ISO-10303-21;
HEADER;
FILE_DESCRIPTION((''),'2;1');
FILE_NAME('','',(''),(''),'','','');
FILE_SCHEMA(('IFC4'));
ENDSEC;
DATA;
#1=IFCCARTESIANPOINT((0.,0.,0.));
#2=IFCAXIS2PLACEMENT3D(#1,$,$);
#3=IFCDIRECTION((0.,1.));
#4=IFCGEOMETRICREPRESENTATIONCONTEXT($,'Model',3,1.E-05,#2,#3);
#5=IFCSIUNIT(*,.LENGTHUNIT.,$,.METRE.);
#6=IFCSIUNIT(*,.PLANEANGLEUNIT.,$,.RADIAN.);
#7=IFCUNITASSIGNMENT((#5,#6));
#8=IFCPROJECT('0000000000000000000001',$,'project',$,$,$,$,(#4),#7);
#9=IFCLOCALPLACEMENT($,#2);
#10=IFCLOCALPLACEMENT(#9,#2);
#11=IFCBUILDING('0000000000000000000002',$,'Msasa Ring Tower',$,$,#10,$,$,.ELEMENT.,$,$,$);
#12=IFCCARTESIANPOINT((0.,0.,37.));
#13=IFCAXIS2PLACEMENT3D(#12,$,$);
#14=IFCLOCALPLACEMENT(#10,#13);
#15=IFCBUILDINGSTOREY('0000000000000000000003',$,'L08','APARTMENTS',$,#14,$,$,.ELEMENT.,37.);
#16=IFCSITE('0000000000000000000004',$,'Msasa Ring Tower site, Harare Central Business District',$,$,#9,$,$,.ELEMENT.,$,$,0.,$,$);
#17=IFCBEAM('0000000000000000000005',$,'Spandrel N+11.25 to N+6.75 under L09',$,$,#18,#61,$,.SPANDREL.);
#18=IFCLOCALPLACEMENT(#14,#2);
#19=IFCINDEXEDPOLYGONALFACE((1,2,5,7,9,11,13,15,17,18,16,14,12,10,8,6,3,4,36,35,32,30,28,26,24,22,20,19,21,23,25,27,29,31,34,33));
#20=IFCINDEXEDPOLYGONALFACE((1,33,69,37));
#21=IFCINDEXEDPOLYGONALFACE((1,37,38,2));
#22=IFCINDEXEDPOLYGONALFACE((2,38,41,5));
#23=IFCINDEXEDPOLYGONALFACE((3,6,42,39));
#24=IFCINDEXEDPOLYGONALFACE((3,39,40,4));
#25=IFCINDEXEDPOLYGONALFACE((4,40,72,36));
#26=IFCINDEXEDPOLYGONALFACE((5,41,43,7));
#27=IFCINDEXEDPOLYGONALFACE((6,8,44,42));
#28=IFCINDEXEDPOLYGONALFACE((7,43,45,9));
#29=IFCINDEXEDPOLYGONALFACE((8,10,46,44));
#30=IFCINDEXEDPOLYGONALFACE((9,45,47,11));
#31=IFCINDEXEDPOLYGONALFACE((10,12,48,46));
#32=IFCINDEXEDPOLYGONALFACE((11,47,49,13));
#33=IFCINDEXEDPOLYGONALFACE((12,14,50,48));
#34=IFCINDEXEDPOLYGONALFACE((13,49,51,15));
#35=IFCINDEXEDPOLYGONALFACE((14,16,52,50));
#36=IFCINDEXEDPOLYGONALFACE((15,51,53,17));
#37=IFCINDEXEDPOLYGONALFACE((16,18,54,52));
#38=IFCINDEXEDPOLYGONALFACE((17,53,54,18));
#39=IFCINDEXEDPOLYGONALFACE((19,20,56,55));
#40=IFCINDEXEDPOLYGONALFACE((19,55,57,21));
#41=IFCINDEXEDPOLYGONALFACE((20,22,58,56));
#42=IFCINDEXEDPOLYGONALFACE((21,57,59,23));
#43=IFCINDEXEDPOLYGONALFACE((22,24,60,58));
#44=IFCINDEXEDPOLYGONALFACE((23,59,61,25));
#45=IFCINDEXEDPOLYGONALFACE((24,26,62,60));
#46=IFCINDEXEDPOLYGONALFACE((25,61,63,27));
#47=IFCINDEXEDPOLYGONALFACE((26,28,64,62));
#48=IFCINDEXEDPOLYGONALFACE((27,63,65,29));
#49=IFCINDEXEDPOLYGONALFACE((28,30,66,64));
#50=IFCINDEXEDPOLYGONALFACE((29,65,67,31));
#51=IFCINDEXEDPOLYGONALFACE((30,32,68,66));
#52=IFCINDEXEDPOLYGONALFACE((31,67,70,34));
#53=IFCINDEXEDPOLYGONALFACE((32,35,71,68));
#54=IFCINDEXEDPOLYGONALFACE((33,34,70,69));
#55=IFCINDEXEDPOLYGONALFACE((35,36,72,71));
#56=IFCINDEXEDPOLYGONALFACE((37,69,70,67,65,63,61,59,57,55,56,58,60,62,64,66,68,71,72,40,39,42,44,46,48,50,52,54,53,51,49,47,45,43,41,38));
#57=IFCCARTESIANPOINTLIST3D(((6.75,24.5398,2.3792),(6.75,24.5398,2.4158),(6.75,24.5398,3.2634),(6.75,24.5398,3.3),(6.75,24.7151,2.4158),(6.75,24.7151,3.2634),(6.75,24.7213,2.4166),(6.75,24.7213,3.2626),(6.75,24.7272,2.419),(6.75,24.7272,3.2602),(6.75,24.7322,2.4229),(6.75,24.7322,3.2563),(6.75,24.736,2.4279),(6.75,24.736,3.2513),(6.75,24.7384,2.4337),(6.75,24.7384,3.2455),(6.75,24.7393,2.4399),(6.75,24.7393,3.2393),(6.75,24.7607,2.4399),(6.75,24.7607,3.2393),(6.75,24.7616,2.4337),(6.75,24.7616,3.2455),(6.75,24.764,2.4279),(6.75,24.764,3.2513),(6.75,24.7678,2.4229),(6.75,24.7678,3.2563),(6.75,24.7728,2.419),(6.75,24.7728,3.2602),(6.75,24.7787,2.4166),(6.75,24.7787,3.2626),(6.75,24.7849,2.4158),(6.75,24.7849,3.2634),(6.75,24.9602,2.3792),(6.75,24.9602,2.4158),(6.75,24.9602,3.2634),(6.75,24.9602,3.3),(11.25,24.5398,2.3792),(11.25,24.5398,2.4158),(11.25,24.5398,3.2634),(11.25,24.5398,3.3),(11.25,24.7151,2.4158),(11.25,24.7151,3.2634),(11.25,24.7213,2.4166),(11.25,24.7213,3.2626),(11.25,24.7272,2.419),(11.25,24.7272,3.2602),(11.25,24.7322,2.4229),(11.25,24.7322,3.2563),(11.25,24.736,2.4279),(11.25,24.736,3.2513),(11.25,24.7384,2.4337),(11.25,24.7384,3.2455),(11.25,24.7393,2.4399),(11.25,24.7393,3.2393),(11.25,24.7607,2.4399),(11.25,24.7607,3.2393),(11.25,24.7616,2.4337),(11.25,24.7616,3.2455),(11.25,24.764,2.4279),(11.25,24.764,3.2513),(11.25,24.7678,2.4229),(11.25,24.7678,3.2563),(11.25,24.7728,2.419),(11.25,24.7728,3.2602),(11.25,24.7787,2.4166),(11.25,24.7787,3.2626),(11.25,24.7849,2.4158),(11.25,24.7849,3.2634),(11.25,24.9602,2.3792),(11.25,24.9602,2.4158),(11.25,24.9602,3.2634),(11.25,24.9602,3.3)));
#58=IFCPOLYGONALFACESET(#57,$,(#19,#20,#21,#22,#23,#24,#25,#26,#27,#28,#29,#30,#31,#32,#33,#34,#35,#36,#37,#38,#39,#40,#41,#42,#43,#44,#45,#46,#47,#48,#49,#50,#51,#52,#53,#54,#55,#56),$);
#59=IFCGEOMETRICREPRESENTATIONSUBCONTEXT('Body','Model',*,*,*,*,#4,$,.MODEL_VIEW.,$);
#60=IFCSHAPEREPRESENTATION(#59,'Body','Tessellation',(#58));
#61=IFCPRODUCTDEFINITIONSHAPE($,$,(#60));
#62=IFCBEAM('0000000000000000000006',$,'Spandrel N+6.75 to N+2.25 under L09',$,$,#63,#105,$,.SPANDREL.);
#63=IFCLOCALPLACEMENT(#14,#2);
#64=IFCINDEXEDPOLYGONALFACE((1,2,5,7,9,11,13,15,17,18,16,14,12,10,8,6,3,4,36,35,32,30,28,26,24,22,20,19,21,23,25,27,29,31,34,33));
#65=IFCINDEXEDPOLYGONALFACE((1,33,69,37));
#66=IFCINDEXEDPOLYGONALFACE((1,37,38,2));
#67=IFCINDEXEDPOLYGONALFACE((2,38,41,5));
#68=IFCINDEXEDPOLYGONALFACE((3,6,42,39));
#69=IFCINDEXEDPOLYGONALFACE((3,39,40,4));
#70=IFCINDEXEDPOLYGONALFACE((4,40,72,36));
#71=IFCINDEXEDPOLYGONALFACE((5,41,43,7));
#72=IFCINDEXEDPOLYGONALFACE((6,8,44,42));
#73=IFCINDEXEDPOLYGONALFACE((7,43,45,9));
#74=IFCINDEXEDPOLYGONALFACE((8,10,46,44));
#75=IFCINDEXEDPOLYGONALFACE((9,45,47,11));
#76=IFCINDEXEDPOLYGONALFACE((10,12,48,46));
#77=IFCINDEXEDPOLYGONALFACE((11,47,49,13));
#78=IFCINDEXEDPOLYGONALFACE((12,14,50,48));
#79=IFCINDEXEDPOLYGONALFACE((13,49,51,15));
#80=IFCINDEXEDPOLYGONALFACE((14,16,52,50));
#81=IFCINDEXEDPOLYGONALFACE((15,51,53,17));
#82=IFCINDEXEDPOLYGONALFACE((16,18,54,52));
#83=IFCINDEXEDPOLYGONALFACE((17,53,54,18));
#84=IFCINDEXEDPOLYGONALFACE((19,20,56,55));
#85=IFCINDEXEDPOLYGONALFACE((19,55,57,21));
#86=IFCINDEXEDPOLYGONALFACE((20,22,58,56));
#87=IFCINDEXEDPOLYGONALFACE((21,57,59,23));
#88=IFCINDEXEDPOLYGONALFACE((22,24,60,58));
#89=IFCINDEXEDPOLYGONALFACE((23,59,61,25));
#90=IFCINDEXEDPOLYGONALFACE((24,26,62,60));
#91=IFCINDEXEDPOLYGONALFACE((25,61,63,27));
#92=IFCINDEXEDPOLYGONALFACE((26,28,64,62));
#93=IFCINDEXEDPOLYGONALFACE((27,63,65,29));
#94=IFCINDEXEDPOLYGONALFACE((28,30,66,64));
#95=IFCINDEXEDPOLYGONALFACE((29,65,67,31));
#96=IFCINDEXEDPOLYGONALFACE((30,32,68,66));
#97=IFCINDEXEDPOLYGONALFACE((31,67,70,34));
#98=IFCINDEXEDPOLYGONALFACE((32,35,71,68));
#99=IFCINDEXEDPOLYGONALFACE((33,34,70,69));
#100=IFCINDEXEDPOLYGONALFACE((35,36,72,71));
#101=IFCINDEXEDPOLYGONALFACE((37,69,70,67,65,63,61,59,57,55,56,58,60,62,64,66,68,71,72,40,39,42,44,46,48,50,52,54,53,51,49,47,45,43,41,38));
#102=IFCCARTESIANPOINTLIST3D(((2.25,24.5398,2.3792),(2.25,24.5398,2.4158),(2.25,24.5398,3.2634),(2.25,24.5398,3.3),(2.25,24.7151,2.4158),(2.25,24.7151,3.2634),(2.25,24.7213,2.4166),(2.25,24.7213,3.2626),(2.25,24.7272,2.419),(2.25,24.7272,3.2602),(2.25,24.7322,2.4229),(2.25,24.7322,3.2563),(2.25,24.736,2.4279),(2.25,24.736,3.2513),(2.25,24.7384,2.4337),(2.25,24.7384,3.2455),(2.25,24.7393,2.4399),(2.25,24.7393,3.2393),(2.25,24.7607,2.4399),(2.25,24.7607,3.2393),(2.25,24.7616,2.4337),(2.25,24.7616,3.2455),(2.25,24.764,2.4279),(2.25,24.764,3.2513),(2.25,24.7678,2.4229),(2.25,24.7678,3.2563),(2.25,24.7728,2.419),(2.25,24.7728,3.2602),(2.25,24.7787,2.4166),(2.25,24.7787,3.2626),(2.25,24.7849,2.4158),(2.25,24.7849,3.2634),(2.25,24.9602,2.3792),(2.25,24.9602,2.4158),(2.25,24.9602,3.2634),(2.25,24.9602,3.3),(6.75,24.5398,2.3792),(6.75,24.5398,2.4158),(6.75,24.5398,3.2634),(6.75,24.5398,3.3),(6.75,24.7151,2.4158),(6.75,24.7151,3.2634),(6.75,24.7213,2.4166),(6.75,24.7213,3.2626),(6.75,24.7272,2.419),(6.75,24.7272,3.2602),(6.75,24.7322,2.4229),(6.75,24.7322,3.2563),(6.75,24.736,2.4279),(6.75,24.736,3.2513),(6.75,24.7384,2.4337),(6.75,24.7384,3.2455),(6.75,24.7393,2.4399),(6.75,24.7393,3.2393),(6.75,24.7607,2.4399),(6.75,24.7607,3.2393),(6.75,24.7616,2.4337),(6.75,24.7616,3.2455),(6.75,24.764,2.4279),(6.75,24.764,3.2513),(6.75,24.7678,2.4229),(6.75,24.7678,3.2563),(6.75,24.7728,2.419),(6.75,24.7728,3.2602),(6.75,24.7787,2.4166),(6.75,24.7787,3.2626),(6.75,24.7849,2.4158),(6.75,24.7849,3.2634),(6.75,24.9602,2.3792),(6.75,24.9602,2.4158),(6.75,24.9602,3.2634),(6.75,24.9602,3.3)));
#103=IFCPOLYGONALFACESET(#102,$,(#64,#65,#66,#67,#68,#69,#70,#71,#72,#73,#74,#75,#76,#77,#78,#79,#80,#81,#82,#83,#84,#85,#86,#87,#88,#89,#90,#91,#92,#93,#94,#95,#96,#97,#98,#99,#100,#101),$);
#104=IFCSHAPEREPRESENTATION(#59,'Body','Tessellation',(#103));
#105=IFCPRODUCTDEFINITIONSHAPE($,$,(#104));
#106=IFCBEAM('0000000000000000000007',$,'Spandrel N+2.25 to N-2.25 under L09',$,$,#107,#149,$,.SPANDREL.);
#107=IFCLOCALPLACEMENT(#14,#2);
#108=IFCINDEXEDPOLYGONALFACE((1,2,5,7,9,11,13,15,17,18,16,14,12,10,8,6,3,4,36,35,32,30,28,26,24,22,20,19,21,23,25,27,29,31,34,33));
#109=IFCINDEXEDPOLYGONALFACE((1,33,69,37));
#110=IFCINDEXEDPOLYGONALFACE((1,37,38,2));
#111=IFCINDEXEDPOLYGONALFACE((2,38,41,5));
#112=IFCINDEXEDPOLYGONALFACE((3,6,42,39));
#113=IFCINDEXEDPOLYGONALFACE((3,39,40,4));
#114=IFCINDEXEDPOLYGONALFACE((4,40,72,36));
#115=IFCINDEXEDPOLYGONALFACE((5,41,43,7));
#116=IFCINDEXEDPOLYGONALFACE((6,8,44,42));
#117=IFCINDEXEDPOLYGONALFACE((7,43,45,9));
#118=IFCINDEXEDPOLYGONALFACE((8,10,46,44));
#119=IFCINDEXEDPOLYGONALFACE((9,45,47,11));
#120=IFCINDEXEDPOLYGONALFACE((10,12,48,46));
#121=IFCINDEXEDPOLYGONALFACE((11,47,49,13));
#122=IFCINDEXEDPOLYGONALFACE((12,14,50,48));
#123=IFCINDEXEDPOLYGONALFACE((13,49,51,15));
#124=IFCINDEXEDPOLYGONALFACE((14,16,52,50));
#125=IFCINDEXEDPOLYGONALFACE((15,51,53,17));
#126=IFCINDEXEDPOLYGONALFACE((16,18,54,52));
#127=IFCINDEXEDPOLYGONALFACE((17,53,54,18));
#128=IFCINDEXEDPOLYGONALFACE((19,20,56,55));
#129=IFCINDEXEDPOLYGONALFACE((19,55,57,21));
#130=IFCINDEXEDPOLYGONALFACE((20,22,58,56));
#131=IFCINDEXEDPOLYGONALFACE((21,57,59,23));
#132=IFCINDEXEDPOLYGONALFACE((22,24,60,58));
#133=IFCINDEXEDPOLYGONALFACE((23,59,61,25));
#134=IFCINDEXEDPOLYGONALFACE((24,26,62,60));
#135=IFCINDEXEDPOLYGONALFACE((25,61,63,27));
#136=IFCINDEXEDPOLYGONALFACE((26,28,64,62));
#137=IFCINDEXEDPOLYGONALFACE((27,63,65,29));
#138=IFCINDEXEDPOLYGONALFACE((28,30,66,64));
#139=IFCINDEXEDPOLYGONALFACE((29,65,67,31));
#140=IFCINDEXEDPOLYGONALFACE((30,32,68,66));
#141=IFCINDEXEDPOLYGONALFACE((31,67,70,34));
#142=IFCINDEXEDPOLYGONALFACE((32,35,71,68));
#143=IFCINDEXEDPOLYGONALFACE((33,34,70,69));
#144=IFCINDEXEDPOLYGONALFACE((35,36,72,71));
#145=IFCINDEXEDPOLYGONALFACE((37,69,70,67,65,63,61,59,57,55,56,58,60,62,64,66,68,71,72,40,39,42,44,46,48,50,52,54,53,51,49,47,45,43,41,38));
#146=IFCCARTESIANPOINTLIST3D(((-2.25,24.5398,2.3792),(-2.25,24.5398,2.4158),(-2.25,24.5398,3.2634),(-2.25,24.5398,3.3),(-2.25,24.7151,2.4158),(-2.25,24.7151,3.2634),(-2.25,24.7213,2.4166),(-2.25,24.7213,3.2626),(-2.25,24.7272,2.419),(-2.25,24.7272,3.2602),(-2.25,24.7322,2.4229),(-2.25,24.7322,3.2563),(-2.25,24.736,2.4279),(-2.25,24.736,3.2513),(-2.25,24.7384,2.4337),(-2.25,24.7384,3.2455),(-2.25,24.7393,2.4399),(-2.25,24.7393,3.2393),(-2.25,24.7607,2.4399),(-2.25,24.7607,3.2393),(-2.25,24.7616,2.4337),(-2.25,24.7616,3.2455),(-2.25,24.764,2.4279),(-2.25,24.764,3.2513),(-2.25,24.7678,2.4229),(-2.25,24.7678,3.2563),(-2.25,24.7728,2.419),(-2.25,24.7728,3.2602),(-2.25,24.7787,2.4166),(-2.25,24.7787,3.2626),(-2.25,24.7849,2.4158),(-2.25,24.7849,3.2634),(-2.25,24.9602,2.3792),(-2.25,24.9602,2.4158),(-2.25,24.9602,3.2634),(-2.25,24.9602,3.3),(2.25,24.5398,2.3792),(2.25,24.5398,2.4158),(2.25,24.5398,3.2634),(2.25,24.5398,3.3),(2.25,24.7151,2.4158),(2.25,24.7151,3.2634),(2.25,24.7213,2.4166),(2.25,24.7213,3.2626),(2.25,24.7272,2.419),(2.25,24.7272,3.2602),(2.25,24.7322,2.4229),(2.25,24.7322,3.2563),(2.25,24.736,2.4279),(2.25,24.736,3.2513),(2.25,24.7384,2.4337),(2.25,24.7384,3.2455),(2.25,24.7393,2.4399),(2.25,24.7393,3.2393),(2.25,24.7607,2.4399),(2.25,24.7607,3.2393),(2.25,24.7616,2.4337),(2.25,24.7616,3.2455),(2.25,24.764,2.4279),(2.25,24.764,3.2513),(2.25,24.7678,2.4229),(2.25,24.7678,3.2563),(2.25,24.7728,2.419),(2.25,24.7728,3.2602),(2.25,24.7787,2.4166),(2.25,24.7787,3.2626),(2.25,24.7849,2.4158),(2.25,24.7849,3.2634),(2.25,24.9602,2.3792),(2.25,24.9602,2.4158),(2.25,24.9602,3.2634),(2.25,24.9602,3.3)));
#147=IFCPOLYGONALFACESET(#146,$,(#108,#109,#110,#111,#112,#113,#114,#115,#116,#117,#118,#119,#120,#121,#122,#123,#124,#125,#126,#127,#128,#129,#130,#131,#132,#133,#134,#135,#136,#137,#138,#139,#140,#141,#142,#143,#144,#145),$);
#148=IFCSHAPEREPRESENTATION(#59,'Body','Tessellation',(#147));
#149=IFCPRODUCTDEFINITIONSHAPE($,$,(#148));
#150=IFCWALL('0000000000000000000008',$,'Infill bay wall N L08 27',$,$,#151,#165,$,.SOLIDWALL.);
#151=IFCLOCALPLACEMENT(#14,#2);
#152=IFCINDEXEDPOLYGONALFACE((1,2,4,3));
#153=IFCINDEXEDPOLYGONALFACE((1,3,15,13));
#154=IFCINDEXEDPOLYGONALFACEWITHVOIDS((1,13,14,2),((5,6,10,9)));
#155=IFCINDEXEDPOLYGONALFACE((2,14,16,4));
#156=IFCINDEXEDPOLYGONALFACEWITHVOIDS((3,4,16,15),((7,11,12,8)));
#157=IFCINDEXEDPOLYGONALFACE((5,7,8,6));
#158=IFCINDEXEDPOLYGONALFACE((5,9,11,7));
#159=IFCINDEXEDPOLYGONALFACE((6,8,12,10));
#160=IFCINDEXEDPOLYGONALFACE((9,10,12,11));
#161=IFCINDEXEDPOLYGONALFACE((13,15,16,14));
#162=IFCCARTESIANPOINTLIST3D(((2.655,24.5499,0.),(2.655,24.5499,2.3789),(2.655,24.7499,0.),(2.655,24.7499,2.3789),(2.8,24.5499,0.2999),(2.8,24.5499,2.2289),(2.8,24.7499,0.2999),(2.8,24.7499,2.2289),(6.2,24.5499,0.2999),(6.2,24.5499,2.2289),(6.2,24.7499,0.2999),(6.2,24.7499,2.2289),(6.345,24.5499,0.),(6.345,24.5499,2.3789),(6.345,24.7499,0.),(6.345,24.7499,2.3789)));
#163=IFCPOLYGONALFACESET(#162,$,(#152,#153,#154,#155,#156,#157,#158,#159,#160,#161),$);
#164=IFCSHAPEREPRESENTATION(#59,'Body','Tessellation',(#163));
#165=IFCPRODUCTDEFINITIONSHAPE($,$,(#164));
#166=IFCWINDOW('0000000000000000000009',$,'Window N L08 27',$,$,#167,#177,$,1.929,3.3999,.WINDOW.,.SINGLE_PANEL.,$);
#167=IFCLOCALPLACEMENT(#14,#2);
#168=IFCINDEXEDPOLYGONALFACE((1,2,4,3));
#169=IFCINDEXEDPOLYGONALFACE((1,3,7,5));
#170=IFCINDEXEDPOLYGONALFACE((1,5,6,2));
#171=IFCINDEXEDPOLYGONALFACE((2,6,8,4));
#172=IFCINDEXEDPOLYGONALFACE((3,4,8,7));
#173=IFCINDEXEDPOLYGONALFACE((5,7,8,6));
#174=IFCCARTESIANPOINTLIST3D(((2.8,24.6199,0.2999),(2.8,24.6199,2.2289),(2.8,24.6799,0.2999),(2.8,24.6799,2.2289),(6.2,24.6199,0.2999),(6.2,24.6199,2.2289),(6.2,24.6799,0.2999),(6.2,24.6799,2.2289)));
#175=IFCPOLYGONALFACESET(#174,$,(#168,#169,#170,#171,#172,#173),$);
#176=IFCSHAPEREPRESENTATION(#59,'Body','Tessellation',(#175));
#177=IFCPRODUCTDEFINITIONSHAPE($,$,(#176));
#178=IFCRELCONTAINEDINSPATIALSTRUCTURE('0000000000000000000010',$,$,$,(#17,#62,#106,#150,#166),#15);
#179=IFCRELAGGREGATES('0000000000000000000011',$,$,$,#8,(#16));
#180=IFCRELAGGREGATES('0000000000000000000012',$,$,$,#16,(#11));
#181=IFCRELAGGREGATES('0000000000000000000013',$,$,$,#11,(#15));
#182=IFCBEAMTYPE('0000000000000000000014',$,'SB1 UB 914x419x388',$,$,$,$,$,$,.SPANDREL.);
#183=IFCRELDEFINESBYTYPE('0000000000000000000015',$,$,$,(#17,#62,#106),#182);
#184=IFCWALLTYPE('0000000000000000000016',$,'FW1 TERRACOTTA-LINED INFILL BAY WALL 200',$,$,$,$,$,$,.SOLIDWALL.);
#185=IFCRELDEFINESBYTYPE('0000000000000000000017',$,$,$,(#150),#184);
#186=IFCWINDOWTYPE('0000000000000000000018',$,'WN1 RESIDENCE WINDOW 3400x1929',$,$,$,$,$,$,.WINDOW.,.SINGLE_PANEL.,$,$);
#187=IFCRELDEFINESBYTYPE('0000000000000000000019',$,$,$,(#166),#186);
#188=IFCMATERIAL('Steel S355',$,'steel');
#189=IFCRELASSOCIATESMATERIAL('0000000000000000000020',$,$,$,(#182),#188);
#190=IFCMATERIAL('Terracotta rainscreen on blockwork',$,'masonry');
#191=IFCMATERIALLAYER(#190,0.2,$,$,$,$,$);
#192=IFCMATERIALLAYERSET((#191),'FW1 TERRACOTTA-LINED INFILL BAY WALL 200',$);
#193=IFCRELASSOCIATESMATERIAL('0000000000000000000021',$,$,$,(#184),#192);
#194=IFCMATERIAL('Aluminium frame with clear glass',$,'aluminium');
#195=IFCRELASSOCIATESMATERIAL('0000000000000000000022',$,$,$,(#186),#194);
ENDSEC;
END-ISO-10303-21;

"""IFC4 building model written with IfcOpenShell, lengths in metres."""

from ifc_helpers import new_model, si_unit, direction, frame, frame_2d, origin, origin_2d, place, context, subcontext, project, spatial, rectangle, i_section, extrude, material, layer, layer_set, material_profile, profile_set, type_object, element, fill, save


model = new_model("IFC4")

# Units and contexts
model_context = context("Model", 3, precision=1e-05, world=origin(), true_north=direction((0.0, 1.0)))
body_context = subcontext(model_context, "Body", "Model", "MODEL_VIEW")
ifc_project = project(units=[si_unit("LENGTHUNIT", "METRE"), si_unit("PLANEANGLEUNIT", "RADIAN")], contexts=[model_context])

# Site, building, storey
site_placement = place(None, origin())
site = spatial("IfcSite", under=ifc_project, at=site_placement, Name="Msasa Ring Tower site, Harare Central Business District", CompositionType="ELEMENT", RefElevation=0.0)
building_placement = place(site_placement, origin())
building = spatial("IfcBuilding", under=site, at=building_placement, Name="Msasa Ring Tower", CompositionType="ELEMENT")
storey_placement = place(building_placement, frame((0.0, 0.0, 37.0)))
storey = spatial("IfcBuildingStorey", under=building, at=storey_placement, Name="L08", Description="APARTMENTS", CompositionType="ELEMENT", Elevation=37.0)

# Beams
ifc_material_1 = material(Name="Steel S355", Category="steel")
ifc_material_profile_1 = material_profile(ifc_material_1, i_section(OverallWidth=0.4204, OverallDepth=0.9209, WebThickness=0.0215, FlangeThickness=0.0366, FilletRadius=0.0242, at=origin_2d()), Name="UB 914x419x388")
ifc_profile_set_1 = profile_set([ifc_material_profile_1], Name="Steel S355")
beam_type_1 = type_object("IfcBeamType", Name="SB1 UB 914x419x388", PredefinedType="SPANDREL", material=ifc_profile_set_1)
for number, where, z_axis, x_axis, name in (
    (1, (11.25, 24.75, 2.8396), (-1.0, 0.0, 0.0), (0.0, -1.0, 0.0), "Spandrel N+11.25 to N+6.75 under L09"),
    (2, (6.75, 24.75, 2.8396), (-1.0, 0.0, 0.0), (0.0, -1.0, 0.0), "Spandrel N+6.75 to N+2.25 under L09"),
    (3, (2.25, 24.75, 2.8396), (-1.0, 0.0, 0.0), (0.0, -1.0, 0.0), "Spandrel N+2.25 to N-2.25 under L09"),
):
    element("IfcBeam", number, at=place(storey_placement, frame(where, z_axis=z_axis, x_axis=x_axis)), inside=storey, type_object=beam_type_1, Name=name, PredefinedType="SPANDREL", context=body_context, shape_type="SweptSolid", body=[
        extrude(i_section(OverallWidth=0.4204, OverallDepth=0.9209, WebThickness=0.0215, FlangeThickness=0.0366, FilletRadius=0.0242, at=origin_2d()), origin(), (0.0, 0.0, 1.0), 4.5),
    ])

# Wall, opening, window
ifc_material_2 = material(Name="Terracotta rainscreen on blockwork", Category="masonry")
ifc_layer_1 = layer(ifc_material_2, 0.2)
ifc_layer_set_1 = layer_set([ifc_layer_1], Name="FW1 TERRACOTTA-LINED INFILL BAY WALL 200")
wall_type_1 = type_object("IfcWallType", Name="FW1 TERRACOTTA-LINED INFILL BAY WALL 200", PredefinedType="SOLIDWALL", material=ifc_layer_set_1)
wall_1_placement = place(storey_placement, frame((2.655, 24.6499, 0.0), z_axis=(0.0, 0.0, 1.0), x_axis=(1.0, 0.0, 0.0)))
wall_1 = element("IfcWall", 4, at=wall_1_placement, inside=storey, type_object=wall_type_1, Name="Infill bay wall N L08 27", PredefinedType="SOLIDWALL", context=body_context, shape_type="SweptSolid", body=[
    extrude(rectangle(XDim=3.6899, YDim=0.2, at=frame_2d((1.845, 0.0))), origin(), (0.0, 0.0, 1.0), 2.3789),
])
opening_1_placement = place(wall_1_placement, frame((0.145, 0.0, 0.3)))
opening_1 = element("IfcOpeningElement", 5, at=opening_1_placement, cuts=wall_1, PredefinedType="OPENING", context=body_context, shape_type="SweptSolid", body=[
    extrude(rectangle(XDim=3.3999, YDim=1.929, at=frame_2d((1.7, 0.9644))), frame((0.0, 0.1099, 0.0), z_axis=(0.0, -1.0, 0.0), x_axis=(1.0, 0.0, 0.0)), (0.0, 0.0, 1.0), 0.22),
])
ifc_material_3 = material(Name="Aluminium frame with clear glass", Category="aluminium")
window_type = type_object("IfcWindowType", Name="WN1 RESIDENCE WINDOW 3400x1929", PartitioningType="SINGLE_PANEL", PredefinedType="WINDOW", material=ifc_material_3)
window_1_placement = place(opening_1_placement, origin())
window_1 = element("IfcWindow", 6, at=window_1_placement, inside=storey, type_object=window_type, Name="Window N L08 27", OverallHeight=1.929, OverallWidth=3.3999, PartitioningType="SINGLE_PANEL", PredefinedType="WINDOW", context=body_context, shape_type="SweptSolid", body=[
    extrude(rectangle(XDim=3.3999, YDim=1.929, at=frame_2d((1.7, 0.9644))), frame((0.0, 0.03, 0.0), z_axis=(0.0, -1.0, 0.0), x_axis=(1.0, 0.0, 0.0)), (0.0, 0.0, 1.0), 0.0601),
])
fill(opening_1, window_1)

save(model, "model.ifc")
